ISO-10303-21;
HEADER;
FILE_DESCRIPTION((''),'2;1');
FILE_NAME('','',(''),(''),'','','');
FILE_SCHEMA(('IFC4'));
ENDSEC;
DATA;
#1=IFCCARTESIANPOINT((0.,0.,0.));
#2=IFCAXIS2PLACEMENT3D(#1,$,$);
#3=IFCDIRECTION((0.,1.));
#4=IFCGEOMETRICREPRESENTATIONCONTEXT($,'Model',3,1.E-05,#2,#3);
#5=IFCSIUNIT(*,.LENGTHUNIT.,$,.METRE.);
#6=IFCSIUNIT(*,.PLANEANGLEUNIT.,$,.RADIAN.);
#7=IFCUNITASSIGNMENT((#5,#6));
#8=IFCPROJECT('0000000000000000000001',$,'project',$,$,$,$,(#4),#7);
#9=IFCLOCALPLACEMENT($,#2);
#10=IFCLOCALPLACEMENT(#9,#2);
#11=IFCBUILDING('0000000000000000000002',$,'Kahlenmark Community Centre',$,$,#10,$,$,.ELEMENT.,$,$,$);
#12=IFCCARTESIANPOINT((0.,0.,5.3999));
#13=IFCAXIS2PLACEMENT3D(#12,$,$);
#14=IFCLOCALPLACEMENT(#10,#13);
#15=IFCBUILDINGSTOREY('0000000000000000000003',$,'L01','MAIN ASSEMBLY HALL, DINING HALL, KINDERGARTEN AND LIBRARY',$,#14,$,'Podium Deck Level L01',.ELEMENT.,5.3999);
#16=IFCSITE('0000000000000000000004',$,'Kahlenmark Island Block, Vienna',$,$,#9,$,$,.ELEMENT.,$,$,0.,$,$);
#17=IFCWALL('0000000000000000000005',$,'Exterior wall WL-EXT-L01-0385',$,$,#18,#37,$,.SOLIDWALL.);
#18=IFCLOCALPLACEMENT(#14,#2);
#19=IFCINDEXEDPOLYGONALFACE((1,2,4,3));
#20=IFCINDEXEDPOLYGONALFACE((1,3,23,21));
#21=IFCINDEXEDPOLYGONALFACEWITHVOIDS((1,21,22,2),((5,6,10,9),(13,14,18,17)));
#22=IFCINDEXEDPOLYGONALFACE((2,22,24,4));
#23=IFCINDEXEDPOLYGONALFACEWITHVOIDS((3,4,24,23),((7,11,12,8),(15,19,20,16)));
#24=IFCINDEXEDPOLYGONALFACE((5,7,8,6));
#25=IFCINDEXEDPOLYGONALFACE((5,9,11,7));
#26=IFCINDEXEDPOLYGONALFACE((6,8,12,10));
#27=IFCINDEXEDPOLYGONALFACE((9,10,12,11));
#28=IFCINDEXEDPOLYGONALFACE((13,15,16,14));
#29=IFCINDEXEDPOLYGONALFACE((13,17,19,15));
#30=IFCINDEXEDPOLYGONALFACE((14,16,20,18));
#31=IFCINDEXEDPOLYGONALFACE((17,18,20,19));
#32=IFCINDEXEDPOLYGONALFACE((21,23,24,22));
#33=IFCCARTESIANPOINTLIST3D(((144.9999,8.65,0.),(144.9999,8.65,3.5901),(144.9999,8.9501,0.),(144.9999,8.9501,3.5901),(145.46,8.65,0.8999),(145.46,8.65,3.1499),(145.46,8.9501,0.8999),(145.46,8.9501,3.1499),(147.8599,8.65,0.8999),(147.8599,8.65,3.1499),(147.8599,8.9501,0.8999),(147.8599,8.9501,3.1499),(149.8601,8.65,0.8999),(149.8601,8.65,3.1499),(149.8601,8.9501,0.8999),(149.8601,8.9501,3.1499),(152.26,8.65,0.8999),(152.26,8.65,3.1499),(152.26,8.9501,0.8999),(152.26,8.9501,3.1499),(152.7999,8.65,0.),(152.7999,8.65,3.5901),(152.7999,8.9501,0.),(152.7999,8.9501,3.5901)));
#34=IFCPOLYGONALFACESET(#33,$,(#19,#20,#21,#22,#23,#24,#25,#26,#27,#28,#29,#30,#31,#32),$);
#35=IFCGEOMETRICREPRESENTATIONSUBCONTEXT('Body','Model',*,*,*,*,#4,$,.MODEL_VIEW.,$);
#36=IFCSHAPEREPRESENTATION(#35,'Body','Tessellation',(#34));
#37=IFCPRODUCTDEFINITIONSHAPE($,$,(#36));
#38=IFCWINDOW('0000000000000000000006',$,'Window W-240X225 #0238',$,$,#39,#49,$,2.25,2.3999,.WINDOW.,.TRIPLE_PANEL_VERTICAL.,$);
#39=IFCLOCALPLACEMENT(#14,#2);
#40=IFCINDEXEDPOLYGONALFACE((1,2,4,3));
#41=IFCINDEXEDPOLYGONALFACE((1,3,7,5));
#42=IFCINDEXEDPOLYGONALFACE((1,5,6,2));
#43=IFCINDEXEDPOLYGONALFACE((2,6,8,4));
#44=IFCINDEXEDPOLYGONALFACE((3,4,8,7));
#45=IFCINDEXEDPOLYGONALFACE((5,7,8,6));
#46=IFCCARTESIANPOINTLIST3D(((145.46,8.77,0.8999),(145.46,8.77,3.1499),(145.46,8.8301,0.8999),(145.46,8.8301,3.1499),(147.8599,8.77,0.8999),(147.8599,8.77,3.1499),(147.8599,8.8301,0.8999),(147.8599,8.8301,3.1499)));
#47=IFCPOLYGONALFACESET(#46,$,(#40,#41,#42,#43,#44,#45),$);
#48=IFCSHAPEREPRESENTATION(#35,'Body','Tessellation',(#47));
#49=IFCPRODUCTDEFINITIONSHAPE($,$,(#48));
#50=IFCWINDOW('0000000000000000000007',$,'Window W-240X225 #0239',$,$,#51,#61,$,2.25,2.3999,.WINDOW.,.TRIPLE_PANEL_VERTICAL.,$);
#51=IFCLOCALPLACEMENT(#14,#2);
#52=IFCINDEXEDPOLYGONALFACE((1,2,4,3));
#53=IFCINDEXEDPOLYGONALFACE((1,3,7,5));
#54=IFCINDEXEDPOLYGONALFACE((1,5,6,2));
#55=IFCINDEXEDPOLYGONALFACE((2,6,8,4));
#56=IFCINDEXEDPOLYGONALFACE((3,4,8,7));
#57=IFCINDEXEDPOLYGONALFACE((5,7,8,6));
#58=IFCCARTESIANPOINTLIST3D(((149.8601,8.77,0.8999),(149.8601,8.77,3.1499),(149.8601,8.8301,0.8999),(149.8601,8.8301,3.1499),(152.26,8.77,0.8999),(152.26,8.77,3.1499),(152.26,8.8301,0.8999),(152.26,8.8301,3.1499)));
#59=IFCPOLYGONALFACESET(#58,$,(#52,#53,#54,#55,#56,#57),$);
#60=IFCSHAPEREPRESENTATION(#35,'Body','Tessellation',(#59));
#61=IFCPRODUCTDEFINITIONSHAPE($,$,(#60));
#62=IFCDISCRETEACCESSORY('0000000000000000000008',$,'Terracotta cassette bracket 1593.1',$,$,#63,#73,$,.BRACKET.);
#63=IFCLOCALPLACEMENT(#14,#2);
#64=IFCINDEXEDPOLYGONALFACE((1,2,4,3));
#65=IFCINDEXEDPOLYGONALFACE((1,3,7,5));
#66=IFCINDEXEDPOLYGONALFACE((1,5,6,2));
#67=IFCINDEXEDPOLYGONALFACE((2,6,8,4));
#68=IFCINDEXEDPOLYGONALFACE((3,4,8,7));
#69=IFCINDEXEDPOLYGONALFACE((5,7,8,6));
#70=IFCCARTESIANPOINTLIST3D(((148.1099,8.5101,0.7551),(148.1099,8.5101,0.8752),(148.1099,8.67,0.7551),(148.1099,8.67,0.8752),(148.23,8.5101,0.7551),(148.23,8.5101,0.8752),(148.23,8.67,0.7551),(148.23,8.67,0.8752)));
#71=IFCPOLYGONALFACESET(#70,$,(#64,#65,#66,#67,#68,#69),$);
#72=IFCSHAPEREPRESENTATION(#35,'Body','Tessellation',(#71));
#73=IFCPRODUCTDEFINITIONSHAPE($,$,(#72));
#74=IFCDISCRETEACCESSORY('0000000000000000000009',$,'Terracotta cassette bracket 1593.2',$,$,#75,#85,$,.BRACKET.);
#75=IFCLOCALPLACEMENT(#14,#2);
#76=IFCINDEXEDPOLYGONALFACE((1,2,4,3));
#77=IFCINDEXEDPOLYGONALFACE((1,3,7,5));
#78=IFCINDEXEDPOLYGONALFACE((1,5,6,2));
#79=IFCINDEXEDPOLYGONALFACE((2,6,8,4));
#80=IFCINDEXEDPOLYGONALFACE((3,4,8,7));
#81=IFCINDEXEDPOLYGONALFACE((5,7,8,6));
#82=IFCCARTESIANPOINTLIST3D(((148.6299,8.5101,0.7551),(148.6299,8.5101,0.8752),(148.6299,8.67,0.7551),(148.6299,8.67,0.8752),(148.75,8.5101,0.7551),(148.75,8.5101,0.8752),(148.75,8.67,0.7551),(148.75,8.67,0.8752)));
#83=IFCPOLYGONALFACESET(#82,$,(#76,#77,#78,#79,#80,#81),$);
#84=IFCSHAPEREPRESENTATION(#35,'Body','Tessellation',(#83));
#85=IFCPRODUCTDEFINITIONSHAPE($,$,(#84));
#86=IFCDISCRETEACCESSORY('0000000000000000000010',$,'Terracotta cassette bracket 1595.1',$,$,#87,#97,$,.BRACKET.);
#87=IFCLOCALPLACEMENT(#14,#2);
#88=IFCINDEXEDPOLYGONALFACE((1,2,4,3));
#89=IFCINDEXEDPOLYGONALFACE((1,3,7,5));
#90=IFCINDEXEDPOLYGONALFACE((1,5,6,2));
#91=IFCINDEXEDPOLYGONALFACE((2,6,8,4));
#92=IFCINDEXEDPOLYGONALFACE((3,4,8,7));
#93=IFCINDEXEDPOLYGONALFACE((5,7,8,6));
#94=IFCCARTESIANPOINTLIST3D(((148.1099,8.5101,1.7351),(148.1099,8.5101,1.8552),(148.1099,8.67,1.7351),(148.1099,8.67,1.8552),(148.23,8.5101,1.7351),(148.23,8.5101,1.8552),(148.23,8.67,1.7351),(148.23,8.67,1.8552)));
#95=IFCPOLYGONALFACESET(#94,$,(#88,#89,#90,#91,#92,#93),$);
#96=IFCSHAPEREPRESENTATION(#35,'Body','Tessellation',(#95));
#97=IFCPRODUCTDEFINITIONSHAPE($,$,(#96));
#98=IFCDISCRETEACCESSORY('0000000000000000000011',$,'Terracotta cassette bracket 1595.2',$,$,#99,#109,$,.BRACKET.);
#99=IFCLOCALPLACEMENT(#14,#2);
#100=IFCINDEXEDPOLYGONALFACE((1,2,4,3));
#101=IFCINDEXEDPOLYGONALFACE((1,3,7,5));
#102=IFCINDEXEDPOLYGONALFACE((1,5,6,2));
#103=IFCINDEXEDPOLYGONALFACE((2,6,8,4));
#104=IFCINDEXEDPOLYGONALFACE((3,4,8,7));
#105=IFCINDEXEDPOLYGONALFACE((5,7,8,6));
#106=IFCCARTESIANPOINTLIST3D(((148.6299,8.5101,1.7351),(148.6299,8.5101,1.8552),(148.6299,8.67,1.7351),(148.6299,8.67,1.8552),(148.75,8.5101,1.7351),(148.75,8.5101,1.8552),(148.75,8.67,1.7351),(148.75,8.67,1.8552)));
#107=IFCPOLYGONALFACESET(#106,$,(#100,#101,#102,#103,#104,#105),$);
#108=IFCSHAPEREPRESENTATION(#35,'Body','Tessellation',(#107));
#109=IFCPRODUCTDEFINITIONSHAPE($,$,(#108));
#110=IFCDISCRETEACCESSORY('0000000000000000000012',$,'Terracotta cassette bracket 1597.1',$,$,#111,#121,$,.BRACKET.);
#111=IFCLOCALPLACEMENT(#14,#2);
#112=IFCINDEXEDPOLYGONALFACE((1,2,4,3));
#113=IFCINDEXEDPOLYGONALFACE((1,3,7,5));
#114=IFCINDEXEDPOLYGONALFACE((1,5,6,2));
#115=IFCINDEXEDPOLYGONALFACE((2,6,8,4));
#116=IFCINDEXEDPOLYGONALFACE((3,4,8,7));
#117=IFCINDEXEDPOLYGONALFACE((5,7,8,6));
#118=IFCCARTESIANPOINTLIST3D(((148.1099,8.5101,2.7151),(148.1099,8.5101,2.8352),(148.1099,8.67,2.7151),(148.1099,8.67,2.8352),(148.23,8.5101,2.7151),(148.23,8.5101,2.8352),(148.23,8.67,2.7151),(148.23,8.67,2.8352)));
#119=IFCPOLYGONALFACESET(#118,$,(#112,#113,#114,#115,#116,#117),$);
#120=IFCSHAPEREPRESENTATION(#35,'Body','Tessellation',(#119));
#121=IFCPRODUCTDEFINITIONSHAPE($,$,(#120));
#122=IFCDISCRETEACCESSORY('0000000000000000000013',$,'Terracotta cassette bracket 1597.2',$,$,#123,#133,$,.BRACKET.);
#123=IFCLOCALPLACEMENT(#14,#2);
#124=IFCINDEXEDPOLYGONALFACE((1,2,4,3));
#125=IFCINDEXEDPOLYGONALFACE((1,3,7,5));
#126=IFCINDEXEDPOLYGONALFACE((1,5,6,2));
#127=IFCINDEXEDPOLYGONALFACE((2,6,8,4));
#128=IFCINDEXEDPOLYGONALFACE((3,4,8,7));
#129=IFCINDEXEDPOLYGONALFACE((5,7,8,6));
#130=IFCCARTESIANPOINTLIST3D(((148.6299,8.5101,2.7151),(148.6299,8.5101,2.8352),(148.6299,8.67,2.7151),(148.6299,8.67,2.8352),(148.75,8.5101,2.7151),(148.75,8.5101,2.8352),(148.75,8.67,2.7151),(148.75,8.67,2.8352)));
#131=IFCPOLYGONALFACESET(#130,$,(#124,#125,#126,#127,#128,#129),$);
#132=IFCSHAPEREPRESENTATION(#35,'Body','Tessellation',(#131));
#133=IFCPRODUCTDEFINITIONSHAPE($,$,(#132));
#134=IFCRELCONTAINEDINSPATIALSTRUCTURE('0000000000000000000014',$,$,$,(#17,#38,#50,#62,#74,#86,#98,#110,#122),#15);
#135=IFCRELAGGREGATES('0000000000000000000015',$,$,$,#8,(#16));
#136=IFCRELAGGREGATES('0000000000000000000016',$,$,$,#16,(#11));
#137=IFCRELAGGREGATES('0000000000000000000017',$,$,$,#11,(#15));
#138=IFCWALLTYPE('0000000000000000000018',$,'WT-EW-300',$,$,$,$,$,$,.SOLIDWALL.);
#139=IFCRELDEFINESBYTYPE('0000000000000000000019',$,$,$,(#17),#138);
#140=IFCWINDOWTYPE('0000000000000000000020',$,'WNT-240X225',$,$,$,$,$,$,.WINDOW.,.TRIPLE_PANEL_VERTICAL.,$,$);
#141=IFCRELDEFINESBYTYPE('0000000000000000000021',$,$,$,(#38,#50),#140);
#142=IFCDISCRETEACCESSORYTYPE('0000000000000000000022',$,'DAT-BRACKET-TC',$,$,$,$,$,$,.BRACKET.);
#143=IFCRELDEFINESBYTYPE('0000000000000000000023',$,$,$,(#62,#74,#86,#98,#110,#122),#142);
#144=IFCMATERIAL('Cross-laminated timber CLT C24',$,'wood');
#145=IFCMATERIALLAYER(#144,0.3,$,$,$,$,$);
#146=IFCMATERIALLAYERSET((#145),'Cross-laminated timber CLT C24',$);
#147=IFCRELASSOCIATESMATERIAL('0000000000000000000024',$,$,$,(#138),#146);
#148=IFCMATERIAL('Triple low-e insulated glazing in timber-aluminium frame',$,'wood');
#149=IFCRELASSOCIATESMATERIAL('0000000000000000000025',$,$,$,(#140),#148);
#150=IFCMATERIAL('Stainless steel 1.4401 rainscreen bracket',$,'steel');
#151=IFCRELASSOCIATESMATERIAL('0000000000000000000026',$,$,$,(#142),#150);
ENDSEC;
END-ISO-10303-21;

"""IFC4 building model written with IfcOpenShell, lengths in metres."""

from ifc_helpers import new_model, si_unit, direction, frame, frame_2d, origin, origin_2d, place, context, subcontext, project, spatial, rectangle, extrude, material, layer, layer_set, type_object, element, fill, save


model = new_model("IFC4")

# Units and contexts
model_context = context("Model", 3, precision=1e-05, world=origin(), true_north=direction((0.0, 1.0)))
body_context = subcontext(model_context, "Body", "Model", "MODEL_VIEW")
ifc_project = project(units=[si_unit("LENGTHUNIT", "METRE"), si_unit("PLANEANGLEUNIT", "RADIAN")], contexts=[model_context])

# Site, building, storey
site_placement = place(None, origin())
site = spatial("IfcSite", under=ifc_project, at=site_placement, Name="Kahlenmark Island Block, Vienna", CompositionType="ELEMENT", RefElevation=0.0)
building_placement = place(site_placement, origin())
building = spatial("IfcBuilding", under=site, at=building_placement, Name="Kahlenmark Community Centre", CompositionType="ELEMENT")
storey_placement = place(building_placement, frame((0.0, 0.0, 5.3999)))
storey = spatial("IfcBuildingStorey", under=building, at=storey_placement, Name="L01", Description="MAIN ASSEMBLY HALL, DINING HALL, KINDERGARTEN AND LIBRARY", LongName="Podium Deck Level L01", CompositionType="ELEMENT", Elevation=5.3999)

# Wall, openings, windows
ifc_material_1 = material(Name="Cross-laminated timber CLT C24", Category="wood")
ifc_layer_1 = layer(ifc_material_1, 0.3)
ifc_layer_set_1 = layer_set([ifc_layer_1], Name="Cross-laminated timber CLT C24")
wall_type = type_object("IfcWallType", Name="WT-EW-300", PredefinedType="SOLIDWALL", material=ifc_layer_set_1)
wall_placement = place(storey_placement, frame((145.0, 8.8, 0.0), z_axis=(0.0, 0.0, 1.0), x_axis=(1.0, 0.0, 0.0)))
wall = element("IfcWall", 1, at=wall_placement, inside=storey, type_object=wall_type, Name="Exterior wall WL-EXT-L01-0385", PredefinedType="SOLIDWALL", context=body_context, shape_type="SweptSolid", body=[
    extrude(rectangle(XDim=7.8, YDim=0.3, at=frame_2d((3.8999, 0.0))), origin(), (0.0, 0.0, 1.0), 3.5901),
])
opening_1_placement = place(wall_placement, frame((0.46, 0.0, 0.8999)))
opening_1 = element("IfcOpeningElement", 2, at=opening_1_placement, cuts=wall, PredefinedType="OPENING", context=body_context, shape_type="SweptSolid", body=[
    extrude(rectangle(XDim=2.3999, YDim=2.25, at=frame_2d((1.2, 1.125))), frame((0.0, 0.1599, 0.0), z_axis=(0.0, -1.0, 0.0), x_axis=(1.0, 0.0, 0.0)), (0.0, 0.0, 1.0), 0.3201),
])
opening_2_placement = place(wall_placement, frame((4.8601, 0.0, 0.8999)))
opening_2 = element("IfcOpeningElement", 3, at=opening_2_placement, cuts=wall, PredefinedType="OPENING", context=body_context, shape_type="SweptSolid", body=[
    extrude(rectangle(XDim=2.3999, YDim=2.25, at=frame_2d((1.2, 1.125))), frame((0.0, 0.1599, 0.0), z_axis=(0.0, -1.0, 0.0), x_axis=(1.0, 0.0, 0.0)), (0.0, 0.0, 1.0), 0.3201),
])
ifc_material_2 = material(Name="Triple low-e insulated glazing in timber-aluminium frame", Category="wood")
window_type = type_object("IfcWindowType", Name="WNT-240X225", PartitioningType="TRIPLE_PANEL_VERTICAL", PredefinedType="WINDOW", material=ifc_material_2)
window_1_placement = place(opening_1_placement, origin())
window_1 = element("IfcWindow", 4, at=window_1_placement, inside=storey, type_object=window_type, Name="Window W-240X225 #0238", OverallHeight=2.25, OverallWidth=2.3999, PartitioningType="TRIPLE_PANEL_VERTICAL", PredefinedType="WINDOW", context=body_context, shape_type="SweptSolid", body=[
    extrude(rectangle(XDim=2.3999, YDim=2.25, at=frame_2d((1.2, 1.125))), frame((0.0, 0.03, 0.0), z_axis=(0.0, -1.0, 0.0), x_axis=(1.0, 0.0, 0.0)), (0.0, 0.0, 1.0), 0.0601),
])
fill(opening_1, window_1)
window_2_placement = place(opening_2_placement, origin())
window_2 = element("IfcWindow", 5, at=window_2_placement, inside=storey, type_object=window_type, Name="Window W-240X225 #0239", OverallHeight=2.25, OverallWidth=2.3999, PartitioningType="TRIPLE_PANEL_VERTICAL", PredefinedType="WINDOW", context=body_context, shape_type="SweptSolid", body=[
    extrude(rectangle(XDim=2.3999, YDim=2.25, at=frame_2d((1.2, 1.125))), frame((0.0, 0.03, 0.0), z_axis=(0.0, -1.0, 0.0), x_axis=(1.0, 0.0, 0.0)), (0.0, 0.0, 1.0), 0.0601),
])
fill(opening_2, window_2)

# Discrete accessories
ifc_material_3 = material(Name="Stainless steel 1.4401 rainscreen bracket", Category="steel")
discrete_accessory_type = type_object("IfcDiscreteAccessoryType", Name="DAT-BRACKET-TC", PredefinedType="BRACKET", material=ifc_material_3)
for number, where, z_axis, x_axis, name in (
    (6, (148.1699, 8.5901, 0.7551), (0.0, 0.0, 1.0), (1.0, 0.0, 0.0), "Terracotta cassette bracket 1593.1"),
    (7, (148.6899, 8.5901, 0.7551), (0.0, 0.0, 1.0), (1.0, 0.0, 0.0), "Terracotta cassette bracket 1593.2"),
    (8, (148.1699, 8.5901, 1.7351), (0.0, 0.0, 1.0), (1.0, 0.0, 0.0), "Terracotta cassette bracket 1595.1"),
    (9, (148.6899, 8.5901, 1.7351), (0.0, 0.0, 1.0), (1.0, 0.0, 0.0), "Terracotta cassette bracket 1595.2"),
    (10, (148.1699, 8.5901, 2.7151), (0.0, 0.0, 1.0), (1.0, 0.0, 0.0), "Terracotta cassette bracket 1597.1"),
    (11, (148.6899, 8.5901, 2.7151), (0.0, 0.0, 1.0), (1.0, 0.0, 0.0), "Terracotta cassette bracket 1597.2"),
):
    element("IfcDiscreteAccessory", number, at=place(storey_placement, frame(where, z_axis=z_axis, x_axis=x_axis)), inside=storey, type_object=discrete_accessory_type, Name=name, PredefinedType="BRACKET", context=body_context, shape_type="SweptSolid", body=[
        extrude(rectangle(XDim=0.1201, YDim=0.1599, at=origin_2d()), origin(), (0.0, 0.0, 1.0), 0.1201),
    ])

save(model, "model.ifc")
